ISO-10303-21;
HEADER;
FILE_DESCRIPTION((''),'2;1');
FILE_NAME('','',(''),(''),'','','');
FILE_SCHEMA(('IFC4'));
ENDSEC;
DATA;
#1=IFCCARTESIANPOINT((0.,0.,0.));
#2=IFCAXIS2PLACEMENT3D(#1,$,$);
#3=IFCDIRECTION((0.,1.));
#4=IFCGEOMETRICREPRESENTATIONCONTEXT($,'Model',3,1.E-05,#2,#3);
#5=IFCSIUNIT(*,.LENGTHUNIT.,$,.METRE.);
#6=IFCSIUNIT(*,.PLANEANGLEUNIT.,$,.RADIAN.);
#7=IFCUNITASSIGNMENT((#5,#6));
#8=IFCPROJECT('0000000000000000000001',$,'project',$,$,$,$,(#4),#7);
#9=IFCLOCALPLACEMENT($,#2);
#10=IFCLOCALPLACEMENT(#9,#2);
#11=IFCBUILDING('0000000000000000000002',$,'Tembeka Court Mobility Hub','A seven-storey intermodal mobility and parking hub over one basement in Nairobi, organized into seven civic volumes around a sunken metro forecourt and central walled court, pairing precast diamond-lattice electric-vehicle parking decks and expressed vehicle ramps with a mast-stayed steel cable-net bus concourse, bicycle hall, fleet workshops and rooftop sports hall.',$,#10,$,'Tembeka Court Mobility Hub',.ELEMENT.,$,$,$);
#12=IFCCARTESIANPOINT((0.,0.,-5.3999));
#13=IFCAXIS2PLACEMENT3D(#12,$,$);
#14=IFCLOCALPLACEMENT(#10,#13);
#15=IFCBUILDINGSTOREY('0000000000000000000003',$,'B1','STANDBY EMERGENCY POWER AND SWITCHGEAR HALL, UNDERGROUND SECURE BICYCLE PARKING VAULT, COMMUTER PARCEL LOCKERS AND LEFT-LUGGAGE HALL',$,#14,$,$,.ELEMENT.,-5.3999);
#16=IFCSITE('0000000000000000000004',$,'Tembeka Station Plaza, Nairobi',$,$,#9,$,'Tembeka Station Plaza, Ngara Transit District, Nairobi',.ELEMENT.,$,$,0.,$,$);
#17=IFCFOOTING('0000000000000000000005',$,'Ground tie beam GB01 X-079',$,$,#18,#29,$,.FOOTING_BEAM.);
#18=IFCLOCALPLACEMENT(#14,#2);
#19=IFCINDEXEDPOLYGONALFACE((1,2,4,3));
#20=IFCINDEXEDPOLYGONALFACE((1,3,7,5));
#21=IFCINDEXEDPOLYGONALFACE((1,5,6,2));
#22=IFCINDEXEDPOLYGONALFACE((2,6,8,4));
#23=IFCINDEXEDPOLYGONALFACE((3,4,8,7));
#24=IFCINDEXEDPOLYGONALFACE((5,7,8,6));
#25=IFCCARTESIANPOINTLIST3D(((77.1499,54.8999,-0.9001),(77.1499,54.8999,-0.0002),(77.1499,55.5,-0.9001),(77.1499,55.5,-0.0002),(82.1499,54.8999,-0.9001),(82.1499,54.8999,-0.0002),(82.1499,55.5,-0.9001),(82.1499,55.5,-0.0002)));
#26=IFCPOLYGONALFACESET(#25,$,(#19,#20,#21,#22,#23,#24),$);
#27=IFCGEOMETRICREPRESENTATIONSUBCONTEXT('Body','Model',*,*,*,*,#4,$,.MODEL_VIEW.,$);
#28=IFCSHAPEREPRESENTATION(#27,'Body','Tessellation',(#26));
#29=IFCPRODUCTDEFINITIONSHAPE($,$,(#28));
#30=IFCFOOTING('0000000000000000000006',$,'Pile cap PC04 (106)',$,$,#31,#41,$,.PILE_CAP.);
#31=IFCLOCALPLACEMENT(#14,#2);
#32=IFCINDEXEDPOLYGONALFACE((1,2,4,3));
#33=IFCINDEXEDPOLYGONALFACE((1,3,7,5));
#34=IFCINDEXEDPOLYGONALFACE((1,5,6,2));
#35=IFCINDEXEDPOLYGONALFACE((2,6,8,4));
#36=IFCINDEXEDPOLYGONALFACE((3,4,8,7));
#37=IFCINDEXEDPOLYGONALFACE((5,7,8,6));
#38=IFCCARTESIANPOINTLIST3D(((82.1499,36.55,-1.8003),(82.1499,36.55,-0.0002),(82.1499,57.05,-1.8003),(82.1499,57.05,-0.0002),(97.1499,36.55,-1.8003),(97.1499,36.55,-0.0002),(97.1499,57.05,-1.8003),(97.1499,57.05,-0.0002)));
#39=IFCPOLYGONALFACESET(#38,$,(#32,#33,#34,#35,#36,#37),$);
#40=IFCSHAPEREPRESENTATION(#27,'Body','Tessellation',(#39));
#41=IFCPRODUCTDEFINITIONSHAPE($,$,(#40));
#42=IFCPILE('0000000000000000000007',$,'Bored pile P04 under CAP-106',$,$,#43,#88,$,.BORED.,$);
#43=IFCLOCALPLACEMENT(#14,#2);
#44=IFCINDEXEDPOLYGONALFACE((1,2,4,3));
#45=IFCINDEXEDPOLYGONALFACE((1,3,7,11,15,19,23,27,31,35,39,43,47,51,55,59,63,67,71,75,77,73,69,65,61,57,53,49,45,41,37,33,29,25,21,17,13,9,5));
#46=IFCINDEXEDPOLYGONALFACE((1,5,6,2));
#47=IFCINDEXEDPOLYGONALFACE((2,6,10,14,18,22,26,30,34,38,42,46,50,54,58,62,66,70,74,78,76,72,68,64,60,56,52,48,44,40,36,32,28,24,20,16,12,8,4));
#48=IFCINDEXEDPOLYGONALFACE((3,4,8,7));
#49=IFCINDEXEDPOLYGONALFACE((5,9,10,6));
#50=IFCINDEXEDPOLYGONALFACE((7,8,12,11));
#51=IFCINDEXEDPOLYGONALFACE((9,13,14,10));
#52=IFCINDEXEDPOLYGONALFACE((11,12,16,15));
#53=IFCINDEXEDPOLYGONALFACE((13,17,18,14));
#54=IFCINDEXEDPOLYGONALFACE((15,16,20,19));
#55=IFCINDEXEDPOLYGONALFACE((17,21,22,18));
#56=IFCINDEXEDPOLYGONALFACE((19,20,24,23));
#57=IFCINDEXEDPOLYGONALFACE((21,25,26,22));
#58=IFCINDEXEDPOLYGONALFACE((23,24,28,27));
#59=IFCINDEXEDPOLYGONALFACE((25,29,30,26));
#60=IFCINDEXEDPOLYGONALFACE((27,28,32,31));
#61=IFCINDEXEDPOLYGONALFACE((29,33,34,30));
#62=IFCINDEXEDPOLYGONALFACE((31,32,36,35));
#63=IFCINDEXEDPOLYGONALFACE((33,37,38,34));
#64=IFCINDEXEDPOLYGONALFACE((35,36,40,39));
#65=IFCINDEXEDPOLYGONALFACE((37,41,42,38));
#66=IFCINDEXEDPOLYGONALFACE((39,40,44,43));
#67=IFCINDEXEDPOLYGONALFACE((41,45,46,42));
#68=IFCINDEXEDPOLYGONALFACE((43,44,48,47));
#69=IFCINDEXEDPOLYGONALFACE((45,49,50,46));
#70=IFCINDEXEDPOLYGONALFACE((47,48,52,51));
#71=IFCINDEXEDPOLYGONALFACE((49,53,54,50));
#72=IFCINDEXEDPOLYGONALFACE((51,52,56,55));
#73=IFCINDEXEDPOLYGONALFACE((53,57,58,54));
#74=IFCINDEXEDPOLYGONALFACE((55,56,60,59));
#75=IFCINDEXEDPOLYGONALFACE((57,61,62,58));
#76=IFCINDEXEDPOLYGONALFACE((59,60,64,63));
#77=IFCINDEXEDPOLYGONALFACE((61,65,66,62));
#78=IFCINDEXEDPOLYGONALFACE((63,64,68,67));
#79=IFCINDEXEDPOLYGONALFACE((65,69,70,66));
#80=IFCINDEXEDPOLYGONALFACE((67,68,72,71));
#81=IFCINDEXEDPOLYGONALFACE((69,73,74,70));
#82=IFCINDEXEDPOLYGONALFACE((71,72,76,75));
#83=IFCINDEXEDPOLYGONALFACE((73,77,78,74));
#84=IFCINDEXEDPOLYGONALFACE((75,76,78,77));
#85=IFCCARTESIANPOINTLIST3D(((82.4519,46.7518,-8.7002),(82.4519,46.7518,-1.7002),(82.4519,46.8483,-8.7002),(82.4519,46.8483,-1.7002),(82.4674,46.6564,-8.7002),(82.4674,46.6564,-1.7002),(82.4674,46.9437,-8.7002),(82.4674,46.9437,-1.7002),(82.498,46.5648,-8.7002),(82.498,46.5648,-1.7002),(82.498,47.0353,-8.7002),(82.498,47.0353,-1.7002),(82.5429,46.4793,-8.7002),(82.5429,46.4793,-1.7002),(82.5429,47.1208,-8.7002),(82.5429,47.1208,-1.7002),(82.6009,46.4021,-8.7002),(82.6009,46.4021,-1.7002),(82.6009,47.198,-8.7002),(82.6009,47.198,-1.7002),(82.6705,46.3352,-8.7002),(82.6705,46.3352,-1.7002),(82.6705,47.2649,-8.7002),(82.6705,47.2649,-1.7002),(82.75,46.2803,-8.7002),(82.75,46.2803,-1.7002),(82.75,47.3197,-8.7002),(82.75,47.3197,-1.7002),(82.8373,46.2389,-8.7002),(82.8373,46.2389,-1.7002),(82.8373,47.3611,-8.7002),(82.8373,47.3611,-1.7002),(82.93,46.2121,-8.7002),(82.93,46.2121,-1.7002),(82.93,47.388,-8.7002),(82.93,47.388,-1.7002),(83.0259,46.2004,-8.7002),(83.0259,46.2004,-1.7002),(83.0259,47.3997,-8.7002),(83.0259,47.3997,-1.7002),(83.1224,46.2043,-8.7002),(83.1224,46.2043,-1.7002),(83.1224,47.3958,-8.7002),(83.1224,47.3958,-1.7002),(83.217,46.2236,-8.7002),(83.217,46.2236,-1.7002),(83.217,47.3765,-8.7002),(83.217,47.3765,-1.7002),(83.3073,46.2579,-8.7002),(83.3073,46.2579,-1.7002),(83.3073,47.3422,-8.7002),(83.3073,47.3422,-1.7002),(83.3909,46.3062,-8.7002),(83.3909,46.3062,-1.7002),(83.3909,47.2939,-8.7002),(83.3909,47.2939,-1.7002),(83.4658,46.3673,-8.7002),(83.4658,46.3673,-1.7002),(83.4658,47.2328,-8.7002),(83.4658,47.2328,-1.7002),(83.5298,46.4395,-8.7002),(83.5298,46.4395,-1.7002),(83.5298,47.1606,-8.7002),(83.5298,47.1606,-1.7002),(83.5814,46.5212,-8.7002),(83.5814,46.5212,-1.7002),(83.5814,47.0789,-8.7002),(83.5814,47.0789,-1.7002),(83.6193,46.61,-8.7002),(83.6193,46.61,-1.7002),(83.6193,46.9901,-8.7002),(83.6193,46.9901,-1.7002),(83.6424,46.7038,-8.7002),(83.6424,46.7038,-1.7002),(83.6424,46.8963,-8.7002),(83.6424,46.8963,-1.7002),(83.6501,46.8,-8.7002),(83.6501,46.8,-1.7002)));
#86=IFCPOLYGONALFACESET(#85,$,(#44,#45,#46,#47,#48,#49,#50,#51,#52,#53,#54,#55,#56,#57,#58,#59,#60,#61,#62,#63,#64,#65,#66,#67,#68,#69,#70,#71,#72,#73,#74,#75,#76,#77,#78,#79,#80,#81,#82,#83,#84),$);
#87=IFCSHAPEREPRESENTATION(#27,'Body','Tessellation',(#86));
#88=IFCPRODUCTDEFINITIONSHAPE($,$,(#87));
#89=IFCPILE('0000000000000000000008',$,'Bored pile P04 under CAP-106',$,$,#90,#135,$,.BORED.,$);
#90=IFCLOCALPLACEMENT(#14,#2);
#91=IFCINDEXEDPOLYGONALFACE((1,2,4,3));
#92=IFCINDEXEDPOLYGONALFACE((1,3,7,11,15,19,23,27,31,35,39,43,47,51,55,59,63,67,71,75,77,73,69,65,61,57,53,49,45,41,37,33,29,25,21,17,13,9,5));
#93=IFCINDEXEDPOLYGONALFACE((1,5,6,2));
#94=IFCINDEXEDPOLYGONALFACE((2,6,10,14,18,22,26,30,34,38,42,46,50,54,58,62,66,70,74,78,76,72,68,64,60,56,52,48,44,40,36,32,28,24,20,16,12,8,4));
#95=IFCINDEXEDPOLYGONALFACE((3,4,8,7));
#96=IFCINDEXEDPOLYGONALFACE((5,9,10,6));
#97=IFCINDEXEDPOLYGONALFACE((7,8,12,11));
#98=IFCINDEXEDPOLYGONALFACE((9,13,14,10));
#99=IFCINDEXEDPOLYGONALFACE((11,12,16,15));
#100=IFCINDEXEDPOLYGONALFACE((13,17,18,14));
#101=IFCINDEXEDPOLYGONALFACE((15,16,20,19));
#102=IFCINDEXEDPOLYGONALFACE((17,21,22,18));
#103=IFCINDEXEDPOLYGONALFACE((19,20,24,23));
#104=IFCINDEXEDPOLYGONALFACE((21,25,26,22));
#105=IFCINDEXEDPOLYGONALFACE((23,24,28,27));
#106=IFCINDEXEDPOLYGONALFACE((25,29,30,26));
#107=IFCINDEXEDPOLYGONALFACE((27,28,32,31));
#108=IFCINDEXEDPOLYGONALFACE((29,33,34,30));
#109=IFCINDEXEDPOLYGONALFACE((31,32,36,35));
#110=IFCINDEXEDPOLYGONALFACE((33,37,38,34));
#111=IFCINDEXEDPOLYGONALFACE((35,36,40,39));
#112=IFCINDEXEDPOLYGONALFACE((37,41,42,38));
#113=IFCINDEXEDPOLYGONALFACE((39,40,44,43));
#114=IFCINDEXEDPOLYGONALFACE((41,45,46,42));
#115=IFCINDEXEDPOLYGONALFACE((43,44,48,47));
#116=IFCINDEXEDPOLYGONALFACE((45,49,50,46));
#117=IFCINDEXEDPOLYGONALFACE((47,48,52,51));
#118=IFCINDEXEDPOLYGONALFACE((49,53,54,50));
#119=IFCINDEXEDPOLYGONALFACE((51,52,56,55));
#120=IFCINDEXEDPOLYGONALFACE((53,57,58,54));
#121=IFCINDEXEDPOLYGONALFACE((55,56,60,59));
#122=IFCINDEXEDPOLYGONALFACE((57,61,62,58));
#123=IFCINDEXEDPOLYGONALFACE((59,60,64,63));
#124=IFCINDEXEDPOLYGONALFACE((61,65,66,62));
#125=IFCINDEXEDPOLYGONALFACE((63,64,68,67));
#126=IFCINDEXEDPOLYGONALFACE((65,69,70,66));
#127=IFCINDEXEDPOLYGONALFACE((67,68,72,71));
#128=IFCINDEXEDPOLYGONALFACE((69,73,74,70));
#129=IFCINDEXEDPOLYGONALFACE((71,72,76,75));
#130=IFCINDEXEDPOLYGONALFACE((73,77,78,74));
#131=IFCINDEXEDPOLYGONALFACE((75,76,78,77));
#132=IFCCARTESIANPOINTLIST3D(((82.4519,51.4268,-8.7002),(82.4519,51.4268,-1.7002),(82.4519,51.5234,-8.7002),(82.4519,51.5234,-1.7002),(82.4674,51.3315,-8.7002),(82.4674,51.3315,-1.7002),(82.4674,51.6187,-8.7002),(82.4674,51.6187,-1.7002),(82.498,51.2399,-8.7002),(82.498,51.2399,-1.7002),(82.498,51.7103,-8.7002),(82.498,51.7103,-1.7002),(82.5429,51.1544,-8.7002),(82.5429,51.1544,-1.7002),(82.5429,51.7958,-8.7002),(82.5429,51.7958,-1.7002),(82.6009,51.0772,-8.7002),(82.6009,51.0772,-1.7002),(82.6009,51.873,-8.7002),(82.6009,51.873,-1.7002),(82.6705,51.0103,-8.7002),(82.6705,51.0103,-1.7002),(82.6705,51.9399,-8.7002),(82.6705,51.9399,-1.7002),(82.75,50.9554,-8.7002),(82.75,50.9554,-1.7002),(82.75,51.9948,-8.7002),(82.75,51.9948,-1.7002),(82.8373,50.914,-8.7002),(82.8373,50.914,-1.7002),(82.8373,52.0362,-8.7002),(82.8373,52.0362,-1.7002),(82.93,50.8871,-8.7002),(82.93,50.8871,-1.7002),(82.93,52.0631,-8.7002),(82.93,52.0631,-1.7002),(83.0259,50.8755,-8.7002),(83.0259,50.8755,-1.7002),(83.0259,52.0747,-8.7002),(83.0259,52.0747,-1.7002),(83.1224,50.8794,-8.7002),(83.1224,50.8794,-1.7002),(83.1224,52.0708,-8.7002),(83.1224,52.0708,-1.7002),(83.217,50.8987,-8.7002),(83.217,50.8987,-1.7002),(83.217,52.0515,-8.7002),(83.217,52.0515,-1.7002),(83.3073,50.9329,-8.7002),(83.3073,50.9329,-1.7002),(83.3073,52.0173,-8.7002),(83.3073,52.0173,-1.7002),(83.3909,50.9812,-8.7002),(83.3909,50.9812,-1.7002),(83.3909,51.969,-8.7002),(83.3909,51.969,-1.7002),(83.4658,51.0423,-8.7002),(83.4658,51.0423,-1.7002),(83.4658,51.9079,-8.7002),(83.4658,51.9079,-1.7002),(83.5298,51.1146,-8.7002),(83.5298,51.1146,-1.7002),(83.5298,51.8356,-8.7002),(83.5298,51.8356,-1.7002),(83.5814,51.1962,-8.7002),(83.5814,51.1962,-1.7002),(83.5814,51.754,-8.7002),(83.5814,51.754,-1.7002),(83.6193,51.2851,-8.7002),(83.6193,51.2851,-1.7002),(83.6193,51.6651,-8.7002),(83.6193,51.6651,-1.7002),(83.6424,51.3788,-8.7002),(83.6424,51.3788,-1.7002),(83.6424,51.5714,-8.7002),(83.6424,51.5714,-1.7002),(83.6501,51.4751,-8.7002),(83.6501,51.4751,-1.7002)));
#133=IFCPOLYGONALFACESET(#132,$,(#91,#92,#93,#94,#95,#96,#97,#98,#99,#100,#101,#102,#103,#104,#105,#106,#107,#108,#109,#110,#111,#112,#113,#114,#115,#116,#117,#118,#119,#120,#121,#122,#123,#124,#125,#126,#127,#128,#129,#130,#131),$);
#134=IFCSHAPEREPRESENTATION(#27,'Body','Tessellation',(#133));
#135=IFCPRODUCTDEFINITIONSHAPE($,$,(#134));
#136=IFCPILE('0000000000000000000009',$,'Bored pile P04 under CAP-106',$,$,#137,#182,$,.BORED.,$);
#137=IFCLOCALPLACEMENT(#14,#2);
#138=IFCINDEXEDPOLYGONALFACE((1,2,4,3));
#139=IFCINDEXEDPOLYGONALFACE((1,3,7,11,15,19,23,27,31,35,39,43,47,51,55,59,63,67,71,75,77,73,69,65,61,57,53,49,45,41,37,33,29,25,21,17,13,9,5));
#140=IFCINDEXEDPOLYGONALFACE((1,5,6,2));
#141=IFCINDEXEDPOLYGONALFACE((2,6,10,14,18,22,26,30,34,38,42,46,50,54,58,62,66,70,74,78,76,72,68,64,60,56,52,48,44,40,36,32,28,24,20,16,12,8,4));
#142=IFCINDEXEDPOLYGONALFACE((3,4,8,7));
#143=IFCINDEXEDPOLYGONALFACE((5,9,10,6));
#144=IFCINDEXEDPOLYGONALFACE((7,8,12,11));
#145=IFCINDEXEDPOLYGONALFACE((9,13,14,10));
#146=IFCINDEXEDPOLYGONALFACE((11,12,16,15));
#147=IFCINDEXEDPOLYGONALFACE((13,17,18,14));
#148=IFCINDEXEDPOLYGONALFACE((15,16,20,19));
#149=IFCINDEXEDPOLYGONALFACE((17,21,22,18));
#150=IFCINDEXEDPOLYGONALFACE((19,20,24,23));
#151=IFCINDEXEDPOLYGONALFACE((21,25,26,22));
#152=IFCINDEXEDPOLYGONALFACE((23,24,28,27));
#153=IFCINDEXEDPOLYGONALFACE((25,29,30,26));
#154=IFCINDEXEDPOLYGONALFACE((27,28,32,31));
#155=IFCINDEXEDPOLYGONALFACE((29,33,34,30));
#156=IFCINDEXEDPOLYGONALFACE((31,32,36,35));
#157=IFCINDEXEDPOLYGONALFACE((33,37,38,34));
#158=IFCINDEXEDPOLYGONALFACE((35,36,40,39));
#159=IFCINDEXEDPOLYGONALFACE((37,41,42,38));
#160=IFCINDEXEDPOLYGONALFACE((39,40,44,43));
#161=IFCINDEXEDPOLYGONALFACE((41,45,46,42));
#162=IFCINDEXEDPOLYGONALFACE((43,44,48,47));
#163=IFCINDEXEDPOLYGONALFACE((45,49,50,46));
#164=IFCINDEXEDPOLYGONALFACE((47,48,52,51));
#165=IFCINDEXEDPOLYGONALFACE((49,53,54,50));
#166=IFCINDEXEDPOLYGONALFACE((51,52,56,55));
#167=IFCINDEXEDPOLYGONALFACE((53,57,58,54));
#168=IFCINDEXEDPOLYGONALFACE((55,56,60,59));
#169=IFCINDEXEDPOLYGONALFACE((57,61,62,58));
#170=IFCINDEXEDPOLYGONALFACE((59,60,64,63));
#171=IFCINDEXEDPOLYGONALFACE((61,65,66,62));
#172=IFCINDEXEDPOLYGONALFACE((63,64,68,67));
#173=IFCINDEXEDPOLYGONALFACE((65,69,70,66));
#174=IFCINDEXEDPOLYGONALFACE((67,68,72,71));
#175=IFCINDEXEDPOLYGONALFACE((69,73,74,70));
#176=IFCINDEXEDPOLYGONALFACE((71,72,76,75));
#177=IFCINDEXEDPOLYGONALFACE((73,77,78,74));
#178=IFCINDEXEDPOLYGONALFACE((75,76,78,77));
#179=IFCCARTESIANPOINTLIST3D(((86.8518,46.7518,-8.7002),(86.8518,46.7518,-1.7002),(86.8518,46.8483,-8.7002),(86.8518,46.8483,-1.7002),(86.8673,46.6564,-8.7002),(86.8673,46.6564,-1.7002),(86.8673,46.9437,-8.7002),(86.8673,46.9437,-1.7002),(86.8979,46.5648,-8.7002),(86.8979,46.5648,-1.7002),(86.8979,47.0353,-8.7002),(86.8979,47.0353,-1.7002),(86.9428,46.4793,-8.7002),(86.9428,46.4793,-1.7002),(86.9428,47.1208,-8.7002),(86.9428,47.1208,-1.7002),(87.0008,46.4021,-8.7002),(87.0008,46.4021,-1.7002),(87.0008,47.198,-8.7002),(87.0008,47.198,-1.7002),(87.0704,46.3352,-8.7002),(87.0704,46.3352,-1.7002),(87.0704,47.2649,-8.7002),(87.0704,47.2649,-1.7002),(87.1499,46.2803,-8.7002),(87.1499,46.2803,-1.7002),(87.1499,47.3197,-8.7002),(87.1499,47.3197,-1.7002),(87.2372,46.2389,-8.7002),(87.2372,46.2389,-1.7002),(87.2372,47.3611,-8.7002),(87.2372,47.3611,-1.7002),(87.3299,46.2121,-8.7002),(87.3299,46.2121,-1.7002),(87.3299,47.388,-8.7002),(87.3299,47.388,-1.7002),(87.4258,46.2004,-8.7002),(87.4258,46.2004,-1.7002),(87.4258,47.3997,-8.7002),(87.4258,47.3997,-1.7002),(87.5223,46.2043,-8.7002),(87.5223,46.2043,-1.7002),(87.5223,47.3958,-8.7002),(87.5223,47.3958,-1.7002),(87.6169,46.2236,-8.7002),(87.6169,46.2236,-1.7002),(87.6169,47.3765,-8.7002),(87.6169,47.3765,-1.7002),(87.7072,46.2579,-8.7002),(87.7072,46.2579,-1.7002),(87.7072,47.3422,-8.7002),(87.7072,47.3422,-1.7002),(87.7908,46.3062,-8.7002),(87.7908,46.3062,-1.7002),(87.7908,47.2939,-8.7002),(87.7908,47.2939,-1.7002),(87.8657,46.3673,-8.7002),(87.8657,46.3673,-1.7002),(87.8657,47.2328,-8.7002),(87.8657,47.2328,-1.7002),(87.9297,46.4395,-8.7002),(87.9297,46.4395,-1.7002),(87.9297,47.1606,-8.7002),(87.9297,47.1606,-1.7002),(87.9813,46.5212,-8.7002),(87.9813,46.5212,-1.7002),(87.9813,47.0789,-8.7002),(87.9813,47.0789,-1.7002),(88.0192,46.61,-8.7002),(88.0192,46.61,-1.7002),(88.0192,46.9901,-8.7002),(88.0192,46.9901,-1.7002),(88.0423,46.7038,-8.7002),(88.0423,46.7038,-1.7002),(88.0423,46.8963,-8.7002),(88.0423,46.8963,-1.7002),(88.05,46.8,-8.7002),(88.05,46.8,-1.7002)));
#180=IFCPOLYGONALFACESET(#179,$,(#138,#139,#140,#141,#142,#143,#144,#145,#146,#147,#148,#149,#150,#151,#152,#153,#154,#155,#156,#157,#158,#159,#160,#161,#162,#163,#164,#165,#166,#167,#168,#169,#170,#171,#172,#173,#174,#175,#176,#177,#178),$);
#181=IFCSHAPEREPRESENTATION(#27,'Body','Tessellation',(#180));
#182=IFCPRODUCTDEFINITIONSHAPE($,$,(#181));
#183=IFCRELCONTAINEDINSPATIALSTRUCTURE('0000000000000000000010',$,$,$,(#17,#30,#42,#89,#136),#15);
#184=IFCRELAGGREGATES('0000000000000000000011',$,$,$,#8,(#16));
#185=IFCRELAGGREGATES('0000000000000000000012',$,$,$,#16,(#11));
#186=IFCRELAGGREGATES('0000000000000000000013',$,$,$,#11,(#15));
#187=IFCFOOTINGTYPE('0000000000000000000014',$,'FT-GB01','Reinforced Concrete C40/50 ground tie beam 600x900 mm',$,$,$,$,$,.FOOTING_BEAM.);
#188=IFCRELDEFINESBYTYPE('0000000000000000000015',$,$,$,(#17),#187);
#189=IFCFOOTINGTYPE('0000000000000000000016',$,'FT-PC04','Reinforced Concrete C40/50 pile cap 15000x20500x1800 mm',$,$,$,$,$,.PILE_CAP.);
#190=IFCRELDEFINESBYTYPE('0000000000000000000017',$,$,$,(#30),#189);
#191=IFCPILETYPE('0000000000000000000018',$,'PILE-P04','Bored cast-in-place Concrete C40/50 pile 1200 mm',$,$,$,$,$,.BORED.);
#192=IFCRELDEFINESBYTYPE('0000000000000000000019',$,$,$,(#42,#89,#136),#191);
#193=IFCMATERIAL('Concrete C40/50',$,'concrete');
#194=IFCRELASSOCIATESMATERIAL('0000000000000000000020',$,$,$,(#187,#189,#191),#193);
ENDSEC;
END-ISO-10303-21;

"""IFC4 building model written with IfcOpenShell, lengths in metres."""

from ifc_helpers import new_model, si_unit, direction, frame, origin, origin_2d, place, context, subcontext, project, spatial, rectangle, circle, extrude, material, material_profile, profile_set, type_object, element, save


model = new_model("IFC4")

# Units and contexts
model_context = context("Model", 3, precision=1e-05, world=origin(), true_north=direction((0.0, 1.0)))
body_context = subcontext(model_context, "Body", "Model", "MODEL_VIEW")
ifc_project = project(units=[si_unit("LENGTHUNIT", "METRE"), si_unit("PLANEANGLEUNIT", "RADIAN")], contexts=[model_context])

# Site, building, storey
site_placement = place(None, origin())
site = spatial("IfcSite", under=ifc_project, at=site_placement, Name="Tembeka Station Plaza, Nairobi", LongName="Tembeka Station Plaza, Ngara Transit District, Nairobi", CompositionType="ELEMENT", RefElevation=0.0)
building_placement = place(site_placement, origin())
building = spatial("IfcBuilding", under=site, at=building_placement, Name="Tembeka Court Mobility Hub", Description="A seven-storey intermodal mobility and parking hub over one basement in Nairobi, organized into seven civic volumes around a sunken metro forecourt and central walled court, pairing precast diamond-lattice electric-vehicle parking decks and expressed vehicle ramps with a mast-stayed steel cable-net bus concourse, bicycle hall, fleet workshops and rooftop sports hall.", LongName="Tembeka Court Mobility Hub", CompositionType="ELEMENT")
storey_placement = place(building_placement, frame((0.0, 0.0, -5.3999)))
storey = spatial("IfcBuildingStorey", under=building, at=storey_placement, Name="B1", Description="STANDBY EMERGENCY POWER AND SWITCHGEAR HALL, UNDERGROUND SECURE BICYCLE PARKING VAULT, COMMUTER PARCEL LOCKERS AND LEFT-LUGGAGE HALL", CompositionType="ELEMENT", Elevation=-5.3999)

# Footings
ifc_material_1 = material(Name="Concrete C40/50", Category="concrete")
footing_type_1 = type_object("IfcFootingType", Name="FT-GB01", Description="Reinforced Concrete C40/50 ground tie beam 600x900 mm", PredefinedType="FOOTING_BEAM", material=ifc_material_1)
footing_1_placement = place(storey_placement, frame((79.6499, 55.2, -0.9001), z_axis=(0.0, 0.0, 1.0), x_axis=(1.0, 0.0, 0.0)))
element("IfcFooting", 1, at=footing_1_placement, inside=storey, type_object=footing_type_1, Name="Ground tie beam GB01 X-079", PredefinedType="FOOTING_BEAM", context=body_context, shape_type="SweptSolid", body=[
    extrude(rectangle(XDim=5.0, YDim=0.6001, at=origin_2d()), origin(), (0.0, 0.0, 1.0), 0.8999),
])
footing_type_2 = type_object("IfcFootingType", Name="FT-PC04", Description="Reinforced Concrete C40/50 pile cap 15000x20500x1800 mm", PredefinedType="PILE_CAP", material=ifc_material_1)
footing_2_placement = place(storey_placement, frame((89.6499, 46.8, -1.8003), z_axis=(0.0, 0.0, 1.0), x_axis=(0.0, 1.0, 0.0)))
element("IfcFooting", 2, at=footing_2_placement, inside=storey, type_object=footing_type_2, Name="Pile cap PC04 (106)", PredefinedType="PILE_CAP", context=body_context, shape_type="SweptSolid", body=[
    extrude(rectangle(XDim=20.5, YDim=15.0, at=origin_2d()), origin(), (0.0, 0.0, 1.0), 1.8),
])

# Piles
ifc_material_profile_1 = material_profile(ifc_material_1, circle(Radius=0.6001, at=origin_2d()), Name="PILE D1200")
ifc_profile_set_1 = profile_set([ifc_material_profile_1], Name="Concrete C40/50")
pile_type = type_object("IfcPileType", Name="PILE-P04", Description="Bored cast-in-place Concrete C40/50 pile 1200 mm", PredefinedType="BORED", material=ifc_profile_set_1)
for number, where, z_axis, x_axis, name in (
    (3, (83.05, 46.8, -1.7002), (0.0, 0.0, -1.0), (1.0, 0.0, 0.0), "Bored pile P04 under CAP-106"),
    (4, (83.05, 51.4751, -1.7002), (0.0, 0.0, -1.0), (1.0, 0.0, 0.0), "Bored pile P04 under CAP-106"),
    (5, (87.45, 46.8, -1.7002), (0.0, 0.0, -1.0), (1.0, 0.0, 0.0), "Bored pile P04 under CAP-106"),
):
    element("IfcPile", number, at=place(storey_placement, frame(where, z_axis=z_axis, x_axis=x_axis)), inside=storey, type_object=pile_type, Name=name, PredefinedType="BORED", context=body_context, shape_type="SweptSolid", body=[
        extrude(circle(Radius=0.6001, at=origin_2d()), origin(), (0.0, 0.0, 1.0), 7.0),
    ])

save(model, "model.ifc")
